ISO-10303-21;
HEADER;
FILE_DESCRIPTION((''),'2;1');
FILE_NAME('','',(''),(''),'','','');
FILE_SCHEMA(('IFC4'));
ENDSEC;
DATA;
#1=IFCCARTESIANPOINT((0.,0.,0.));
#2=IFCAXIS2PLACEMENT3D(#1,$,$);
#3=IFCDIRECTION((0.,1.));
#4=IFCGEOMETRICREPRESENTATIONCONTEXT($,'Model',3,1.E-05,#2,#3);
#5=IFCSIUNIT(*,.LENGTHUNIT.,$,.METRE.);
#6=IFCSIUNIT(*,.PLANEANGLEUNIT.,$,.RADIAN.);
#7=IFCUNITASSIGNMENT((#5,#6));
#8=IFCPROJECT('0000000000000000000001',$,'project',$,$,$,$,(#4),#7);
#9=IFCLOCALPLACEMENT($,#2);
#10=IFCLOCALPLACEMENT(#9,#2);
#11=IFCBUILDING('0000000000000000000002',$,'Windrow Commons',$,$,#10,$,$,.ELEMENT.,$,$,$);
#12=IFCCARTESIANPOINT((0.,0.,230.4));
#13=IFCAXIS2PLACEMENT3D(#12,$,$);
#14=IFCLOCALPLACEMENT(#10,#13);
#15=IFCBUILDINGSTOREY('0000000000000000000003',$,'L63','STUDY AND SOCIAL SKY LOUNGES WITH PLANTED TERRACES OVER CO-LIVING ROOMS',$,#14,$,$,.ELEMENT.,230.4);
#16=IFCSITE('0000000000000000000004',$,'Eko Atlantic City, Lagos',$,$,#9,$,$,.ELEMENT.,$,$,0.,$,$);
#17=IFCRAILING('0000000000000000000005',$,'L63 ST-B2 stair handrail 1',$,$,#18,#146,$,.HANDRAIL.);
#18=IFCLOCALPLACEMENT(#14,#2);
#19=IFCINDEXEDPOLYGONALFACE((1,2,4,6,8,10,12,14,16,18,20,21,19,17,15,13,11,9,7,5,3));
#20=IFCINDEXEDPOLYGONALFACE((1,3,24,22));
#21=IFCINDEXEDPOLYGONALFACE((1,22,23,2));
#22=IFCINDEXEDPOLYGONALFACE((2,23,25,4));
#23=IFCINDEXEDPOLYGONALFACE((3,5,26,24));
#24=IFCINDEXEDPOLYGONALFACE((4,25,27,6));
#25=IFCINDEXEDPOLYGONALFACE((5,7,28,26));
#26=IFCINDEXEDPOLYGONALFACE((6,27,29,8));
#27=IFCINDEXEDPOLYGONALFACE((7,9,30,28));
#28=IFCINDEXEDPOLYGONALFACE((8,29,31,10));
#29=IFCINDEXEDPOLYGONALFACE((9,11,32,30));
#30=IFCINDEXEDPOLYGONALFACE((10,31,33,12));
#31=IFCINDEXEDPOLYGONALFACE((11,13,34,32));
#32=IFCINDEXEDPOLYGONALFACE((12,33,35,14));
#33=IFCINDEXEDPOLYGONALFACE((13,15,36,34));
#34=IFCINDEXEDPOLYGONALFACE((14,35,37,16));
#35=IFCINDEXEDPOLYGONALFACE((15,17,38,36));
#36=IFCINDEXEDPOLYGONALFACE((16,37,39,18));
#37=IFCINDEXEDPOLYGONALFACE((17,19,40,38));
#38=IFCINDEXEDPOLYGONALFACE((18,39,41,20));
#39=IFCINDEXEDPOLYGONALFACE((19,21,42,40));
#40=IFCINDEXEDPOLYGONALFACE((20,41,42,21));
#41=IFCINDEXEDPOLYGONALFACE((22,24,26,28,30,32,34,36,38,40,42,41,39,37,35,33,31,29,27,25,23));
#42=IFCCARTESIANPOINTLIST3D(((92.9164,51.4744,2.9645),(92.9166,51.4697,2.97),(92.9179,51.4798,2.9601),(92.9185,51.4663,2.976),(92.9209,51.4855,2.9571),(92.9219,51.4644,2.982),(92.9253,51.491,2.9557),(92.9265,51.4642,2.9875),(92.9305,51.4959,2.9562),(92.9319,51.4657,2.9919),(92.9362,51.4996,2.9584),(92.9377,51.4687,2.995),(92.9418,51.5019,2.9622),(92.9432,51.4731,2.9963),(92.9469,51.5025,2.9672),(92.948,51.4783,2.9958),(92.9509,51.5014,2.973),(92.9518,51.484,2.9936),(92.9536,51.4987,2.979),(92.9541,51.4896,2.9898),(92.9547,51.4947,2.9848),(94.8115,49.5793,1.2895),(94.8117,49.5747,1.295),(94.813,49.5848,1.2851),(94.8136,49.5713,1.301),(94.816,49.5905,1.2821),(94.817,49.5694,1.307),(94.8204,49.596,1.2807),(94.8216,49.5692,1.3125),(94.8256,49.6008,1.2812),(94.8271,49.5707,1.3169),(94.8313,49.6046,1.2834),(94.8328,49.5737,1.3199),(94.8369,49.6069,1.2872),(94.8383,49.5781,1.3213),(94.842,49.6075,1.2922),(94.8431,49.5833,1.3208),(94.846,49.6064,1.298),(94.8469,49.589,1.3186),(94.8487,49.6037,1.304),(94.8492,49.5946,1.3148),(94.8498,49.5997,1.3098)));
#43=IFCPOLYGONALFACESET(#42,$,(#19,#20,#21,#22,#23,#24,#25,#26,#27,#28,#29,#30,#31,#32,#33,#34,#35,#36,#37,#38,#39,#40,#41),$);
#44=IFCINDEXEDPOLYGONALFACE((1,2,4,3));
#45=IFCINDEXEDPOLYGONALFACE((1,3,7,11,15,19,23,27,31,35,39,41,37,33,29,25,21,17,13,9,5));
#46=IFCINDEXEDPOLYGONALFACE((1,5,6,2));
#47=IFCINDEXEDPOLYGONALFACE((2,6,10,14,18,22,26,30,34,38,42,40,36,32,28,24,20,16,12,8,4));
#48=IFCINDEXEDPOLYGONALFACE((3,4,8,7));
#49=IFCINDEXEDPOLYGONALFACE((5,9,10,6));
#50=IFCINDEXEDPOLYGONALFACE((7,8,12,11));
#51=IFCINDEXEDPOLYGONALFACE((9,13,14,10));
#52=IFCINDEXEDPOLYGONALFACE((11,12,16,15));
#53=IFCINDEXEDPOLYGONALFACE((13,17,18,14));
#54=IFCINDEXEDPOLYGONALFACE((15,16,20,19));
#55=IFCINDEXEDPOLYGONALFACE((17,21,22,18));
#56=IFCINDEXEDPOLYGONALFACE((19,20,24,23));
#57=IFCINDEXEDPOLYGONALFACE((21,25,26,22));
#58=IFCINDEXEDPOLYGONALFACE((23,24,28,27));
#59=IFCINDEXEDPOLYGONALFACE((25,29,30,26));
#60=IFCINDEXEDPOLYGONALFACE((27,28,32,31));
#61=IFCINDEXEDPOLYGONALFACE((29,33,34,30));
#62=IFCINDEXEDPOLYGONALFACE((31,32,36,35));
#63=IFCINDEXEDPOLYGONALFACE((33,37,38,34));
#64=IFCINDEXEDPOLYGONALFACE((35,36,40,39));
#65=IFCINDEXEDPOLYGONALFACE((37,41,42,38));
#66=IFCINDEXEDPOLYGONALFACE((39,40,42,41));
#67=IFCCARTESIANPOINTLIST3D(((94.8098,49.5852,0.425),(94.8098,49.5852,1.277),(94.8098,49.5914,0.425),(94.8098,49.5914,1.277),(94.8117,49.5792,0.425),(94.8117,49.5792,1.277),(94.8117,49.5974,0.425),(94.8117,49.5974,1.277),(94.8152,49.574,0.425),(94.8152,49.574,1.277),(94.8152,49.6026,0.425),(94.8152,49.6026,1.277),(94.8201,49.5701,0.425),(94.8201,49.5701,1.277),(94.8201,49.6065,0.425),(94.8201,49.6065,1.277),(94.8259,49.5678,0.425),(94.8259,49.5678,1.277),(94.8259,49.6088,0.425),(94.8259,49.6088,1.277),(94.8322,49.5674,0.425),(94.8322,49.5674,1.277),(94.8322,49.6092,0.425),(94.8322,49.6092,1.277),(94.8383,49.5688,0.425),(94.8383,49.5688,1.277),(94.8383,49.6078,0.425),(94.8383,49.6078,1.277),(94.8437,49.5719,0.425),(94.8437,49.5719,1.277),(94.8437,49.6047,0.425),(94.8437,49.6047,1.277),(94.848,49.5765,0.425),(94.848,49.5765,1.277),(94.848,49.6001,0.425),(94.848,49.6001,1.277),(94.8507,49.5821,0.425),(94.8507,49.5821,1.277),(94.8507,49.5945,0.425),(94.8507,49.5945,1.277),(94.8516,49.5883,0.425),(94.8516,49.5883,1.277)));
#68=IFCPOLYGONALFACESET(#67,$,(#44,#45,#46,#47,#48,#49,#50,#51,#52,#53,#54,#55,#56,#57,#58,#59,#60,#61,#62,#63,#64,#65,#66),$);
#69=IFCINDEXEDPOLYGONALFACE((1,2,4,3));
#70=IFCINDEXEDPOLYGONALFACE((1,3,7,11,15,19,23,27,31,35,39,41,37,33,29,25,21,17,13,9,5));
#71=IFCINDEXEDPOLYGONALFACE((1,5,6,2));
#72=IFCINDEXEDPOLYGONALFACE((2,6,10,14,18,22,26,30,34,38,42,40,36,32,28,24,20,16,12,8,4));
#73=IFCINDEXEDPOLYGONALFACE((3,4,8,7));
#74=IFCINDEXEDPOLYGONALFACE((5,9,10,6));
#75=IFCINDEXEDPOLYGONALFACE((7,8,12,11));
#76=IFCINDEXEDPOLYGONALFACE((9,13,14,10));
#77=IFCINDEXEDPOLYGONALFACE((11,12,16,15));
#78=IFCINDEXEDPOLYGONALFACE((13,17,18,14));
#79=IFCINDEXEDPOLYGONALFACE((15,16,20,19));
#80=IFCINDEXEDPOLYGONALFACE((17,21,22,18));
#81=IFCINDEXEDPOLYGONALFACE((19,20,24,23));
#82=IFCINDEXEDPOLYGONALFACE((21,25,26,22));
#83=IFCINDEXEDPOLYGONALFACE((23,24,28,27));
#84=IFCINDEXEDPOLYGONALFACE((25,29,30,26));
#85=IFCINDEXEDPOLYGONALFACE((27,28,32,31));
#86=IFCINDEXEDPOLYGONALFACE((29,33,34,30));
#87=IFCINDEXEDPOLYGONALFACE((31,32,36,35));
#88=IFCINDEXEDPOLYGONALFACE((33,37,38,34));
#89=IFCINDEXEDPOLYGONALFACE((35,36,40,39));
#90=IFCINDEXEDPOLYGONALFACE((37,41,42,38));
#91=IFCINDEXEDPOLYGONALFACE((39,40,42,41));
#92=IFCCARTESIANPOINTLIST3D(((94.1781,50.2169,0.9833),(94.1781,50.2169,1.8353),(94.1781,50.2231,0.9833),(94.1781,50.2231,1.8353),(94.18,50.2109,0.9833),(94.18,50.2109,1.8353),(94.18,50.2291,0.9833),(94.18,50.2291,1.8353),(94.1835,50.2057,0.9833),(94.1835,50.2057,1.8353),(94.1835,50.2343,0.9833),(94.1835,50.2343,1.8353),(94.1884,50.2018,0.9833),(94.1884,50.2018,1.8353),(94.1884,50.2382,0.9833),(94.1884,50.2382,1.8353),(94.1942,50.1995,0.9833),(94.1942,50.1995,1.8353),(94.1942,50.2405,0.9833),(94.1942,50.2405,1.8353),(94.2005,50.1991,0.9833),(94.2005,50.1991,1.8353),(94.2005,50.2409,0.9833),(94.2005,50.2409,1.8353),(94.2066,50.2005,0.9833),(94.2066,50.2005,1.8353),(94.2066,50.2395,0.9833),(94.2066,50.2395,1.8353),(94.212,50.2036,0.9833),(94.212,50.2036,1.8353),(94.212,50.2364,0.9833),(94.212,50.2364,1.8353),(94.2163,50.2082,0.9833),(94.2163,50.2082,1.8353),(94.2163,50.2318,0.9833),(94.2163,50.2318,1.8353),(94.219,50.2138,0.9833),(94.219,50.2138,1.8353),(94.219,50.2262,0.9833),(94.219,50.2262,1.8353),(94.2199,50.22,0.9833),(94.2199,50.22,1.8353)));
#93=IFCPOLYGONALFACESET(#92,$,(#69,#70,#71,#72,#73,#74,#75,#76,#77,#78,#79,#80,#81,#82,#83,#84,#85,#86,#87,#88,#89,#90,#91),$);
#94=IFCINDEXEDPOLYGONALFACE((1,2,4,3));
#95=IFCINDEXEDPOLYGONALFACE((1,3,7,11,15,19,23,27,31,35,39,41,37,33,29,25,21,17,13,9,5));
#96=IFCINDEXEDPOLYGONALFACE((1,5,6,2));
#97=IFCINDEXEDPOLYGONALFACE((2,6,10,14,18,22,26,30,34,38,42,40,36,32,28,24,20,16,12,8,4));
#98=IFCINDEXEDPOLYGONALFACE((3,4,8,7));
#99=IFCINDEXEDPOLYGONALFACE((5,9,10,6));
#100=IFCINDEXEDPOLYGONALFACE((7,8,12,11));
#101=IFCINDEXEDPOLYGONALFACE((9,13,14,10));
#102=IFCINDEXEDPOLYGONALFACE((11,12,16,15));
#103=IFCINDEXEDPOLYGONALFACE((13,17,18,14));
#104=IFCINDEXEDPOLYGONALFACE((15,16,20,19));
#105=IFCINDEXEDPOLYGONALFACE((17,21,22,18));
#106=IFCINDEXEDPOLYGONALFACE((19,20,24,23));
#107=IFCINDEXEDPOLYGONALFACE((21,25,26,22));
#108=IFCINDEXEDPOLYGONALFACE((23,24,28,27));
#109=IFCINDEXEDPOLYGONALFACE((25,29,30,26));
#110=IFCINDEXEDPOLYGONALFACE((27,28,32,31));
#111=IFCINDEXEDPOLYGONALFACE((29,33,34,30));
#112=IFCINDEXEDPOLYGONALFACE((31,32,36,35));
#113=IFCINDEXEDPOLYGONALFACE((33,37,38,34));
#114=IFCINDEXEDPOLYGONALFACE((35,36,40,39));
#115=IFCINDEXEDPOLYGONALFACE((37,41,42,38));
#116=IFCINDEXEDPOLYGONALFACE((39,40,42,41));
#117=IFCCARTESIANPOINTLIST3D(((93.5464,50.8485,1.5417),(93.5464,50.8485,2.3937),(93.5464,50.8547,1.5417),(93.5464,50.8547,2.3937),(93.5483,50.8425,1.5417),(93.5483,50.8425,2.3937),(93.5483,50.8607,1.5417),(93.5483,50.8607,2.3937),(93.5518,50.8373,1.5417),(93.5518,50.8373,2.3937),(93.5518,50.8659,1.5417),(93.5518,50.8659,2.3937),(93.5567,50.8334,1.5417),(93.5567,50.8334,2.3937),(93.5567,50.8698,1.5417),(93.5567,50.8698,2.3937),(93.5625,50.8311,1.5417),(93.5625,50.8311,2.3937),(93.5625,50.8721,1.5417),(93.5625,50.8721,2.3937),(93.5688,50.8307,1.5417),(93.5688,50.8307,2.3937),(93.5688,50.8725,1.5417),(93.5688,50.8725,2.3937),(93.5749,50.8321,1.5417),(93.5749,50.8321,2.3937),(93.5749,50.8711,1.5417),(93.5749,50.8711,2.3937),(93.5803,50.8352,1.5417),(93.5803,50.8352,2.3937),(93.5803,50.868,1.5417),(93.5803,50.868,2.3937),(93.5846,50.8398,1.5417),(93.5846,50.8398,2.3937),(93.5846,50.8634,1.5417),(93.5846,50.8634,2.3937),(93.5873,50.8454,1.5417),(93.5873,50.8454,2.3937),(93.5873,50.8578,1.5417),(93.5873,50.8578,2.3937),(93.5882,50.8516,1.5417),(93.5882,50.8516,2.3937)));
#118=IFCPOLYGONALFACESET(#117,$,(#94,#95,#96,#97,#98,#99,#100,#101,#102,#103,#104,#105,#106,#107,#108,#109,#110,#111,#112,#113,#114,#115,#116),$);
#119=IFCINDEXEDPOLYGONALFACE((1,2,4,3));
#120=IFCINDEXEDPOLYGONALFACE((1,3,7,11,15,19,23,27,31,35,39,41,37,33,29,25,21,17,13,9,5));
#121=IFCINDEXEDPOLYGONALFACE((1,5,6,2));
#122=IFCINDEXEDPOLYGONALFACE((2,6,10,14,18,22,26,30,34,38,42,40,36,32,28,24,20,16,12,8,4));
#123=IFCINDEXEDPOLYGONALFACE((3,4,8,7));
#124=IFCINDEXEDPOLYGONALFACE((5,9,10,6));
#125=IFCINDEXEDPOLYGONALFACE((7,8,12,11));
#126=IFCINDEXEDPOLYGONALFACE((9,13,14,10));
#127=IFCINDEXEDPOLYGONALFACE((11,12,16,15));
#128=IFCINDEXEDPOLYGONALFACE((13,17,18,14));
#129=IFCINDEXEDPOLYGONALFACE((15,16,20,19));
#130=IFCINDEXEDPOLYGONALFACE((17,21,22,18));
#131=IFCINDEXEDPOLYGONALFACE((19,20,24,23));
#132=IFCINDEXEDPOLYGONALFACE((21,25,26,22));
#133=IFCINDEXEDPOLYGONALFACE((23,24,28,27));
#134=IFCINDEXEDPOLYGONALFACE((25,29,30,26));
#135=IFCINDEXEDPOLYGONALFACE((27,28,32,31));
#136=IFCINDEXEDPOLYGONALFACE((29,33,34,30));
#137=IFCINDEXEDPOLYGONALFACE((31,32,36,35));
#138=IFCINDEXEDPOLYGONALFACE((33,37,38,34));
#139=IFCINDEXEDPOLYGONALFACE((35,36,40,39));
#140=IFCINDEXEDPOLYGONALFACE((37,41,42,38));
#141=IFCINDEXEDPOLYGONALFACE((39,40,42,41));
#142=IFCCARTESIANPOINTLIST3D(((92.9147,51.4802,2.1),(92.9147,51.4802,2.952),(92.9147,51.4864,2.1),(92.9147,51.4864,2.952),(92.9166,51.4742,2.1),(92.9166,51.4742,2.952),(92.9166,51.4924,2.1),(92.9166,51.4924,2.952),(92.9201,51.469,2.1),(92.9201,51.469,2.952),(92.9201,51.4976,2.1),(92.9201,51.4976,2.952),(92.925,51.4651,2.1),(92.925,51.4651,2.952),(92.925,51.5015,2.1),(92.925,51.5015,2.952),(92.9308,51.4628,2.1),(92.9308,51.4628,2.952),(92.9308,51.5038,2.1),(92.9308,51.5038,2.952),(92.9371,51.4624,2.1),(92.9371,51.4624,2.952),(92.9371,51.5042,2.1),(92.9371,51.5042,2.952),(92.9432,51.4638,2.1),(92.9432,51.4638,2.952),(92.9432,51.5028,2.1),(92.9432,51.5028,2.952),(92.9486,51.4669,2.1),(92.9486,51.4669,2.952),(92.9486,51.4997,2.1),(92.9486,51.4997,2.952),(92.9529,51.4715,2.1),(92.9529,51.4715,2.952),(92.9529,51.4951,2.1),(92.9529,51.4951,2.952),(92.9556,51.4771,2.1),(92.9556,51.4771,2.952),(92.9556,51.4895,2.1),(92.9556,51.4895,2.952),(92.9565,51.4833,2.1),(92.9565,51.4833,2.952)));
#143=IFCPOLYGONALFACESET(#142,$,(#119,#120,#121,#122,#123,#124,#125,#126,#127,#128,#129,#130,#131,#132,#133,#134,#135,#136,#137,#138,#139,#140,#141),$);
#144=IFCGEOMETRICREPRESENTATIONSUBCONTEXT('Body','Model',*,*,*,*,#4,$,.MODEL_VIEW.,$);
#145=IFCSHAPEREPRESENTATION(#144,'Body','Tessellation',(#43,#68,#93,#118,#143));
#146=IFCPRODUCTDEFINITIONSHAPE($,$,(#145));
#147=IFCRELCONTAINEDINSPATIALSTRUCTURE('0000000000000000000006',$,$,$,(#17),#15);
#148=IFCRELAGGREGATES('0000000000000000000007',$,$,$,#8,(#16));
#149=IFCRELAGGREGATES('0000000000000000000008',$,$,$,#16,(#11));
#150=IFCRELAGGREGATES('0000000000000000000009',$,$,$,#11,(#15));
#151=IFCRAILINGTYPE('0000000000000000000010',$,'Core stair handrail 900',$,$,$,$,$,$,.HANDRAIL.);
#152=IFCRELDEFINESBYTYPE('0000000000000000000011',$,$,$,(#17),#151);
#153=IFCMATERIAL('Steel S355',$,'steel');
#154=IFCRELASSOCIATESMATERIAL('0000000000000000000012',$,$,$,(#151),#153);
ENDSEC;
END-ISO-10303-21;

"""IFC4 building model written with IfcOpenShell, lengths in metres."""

from ifc_helpers import new_model, si_unit, direction, frame, origin, origin_2d, place, context, subcontext, project, spatial, circle, extrude, material, type_object, element, save


model = new_model("IFC4")

# Units and contexts
model_context = context("Model", 3, precision=1e-05, world=origin(), true_north=direction((0.0, 1.0)))
body_context = subcontext(model_context, "Body", "Model", "MODEL_VIEW")
ifc_project = project(units=[si_unit("LENGTHUNIT", "METRE"), si_unit("PLANEANGLEUNIT", "RADIAN")], contexts=[model_context])

# Site, building, storey
site_placement = place(None, origin())
site = spatial("IfcSite", under=ifc_project, at=site_placement, Name="Eko Atlantic City, Lagos", CompositionType="ELEMENT", RefElevation=0.0)
building_placement = place(site_placement, origin())
building = spatial("IfcBuilding", under=site, at=building_placement, Name="Windrow Commons", CompositionType="ELEMENT")
storey_placement = place(building_placement, frame((0.0, 0.0, 230.4)))
storey = spatial("IfcBuildingStorey", under=building, at=storey_placement, Name="L63", Description="STUDY AND SOCIAL SKY LOUNGES WITH PLANTED TERRACES OVER CO-LIVING ROOMS", CompositionType="ELEMENT", Elevation=230.4)

# Railing
ifc_material_1 = material(Name="Steel S355", Category="steel")
railing_type_1 = type_object("IfcRailingType", Name="Core stair handrail 900", PredefinedType="HANDRAIL", material=ifc_material_1)
railing_1_placement = place(storey_placement, frame((94.8306, 49.5883, 0.425)))
element("IfcRailing", 1, at=railing_1_placement, inside=storey, type_object=railing_type_1, Name="L63 ST-B2 stair handrail 1", PredefinedType="HANDRAIL", context=body_context, shape_type="SweptSolid", body=[
    extrude(circle(Radius=0.024, at=origin_2d()), frame((0.0, 0.0, 0.876), z_axis=(-0.599642, 0.59961, 0.529998), x_axis=(-0.707088, -0.707125, 0.0)), (0.0, 0.0, 1.0), 3.1604),
    extrude(circle(Radius=0.021, at=origin_2d()), origin(), (0.0, 0.0, 1.0), 0.852),
    extrude(circle(Radius=0.021, at=origin_2d()), frame((-0.6317, 0.6317, 0.5583)), (0.0, 0.0, 1.0), 0.852),
    extrude(circle(Radius=0.021, at=origin_2d()), frame((-1.2634, 1.2633, 1.1167)), (0.0, 0.0, 1.0), 0.852),
    extrude(circle(Radius=0.021, at=origin_2d()), frame((-1.8951, 1.895, 1.675)), (0.0, 0.0, 1.0), 0.852),
])

save(model, "model.ifc")
